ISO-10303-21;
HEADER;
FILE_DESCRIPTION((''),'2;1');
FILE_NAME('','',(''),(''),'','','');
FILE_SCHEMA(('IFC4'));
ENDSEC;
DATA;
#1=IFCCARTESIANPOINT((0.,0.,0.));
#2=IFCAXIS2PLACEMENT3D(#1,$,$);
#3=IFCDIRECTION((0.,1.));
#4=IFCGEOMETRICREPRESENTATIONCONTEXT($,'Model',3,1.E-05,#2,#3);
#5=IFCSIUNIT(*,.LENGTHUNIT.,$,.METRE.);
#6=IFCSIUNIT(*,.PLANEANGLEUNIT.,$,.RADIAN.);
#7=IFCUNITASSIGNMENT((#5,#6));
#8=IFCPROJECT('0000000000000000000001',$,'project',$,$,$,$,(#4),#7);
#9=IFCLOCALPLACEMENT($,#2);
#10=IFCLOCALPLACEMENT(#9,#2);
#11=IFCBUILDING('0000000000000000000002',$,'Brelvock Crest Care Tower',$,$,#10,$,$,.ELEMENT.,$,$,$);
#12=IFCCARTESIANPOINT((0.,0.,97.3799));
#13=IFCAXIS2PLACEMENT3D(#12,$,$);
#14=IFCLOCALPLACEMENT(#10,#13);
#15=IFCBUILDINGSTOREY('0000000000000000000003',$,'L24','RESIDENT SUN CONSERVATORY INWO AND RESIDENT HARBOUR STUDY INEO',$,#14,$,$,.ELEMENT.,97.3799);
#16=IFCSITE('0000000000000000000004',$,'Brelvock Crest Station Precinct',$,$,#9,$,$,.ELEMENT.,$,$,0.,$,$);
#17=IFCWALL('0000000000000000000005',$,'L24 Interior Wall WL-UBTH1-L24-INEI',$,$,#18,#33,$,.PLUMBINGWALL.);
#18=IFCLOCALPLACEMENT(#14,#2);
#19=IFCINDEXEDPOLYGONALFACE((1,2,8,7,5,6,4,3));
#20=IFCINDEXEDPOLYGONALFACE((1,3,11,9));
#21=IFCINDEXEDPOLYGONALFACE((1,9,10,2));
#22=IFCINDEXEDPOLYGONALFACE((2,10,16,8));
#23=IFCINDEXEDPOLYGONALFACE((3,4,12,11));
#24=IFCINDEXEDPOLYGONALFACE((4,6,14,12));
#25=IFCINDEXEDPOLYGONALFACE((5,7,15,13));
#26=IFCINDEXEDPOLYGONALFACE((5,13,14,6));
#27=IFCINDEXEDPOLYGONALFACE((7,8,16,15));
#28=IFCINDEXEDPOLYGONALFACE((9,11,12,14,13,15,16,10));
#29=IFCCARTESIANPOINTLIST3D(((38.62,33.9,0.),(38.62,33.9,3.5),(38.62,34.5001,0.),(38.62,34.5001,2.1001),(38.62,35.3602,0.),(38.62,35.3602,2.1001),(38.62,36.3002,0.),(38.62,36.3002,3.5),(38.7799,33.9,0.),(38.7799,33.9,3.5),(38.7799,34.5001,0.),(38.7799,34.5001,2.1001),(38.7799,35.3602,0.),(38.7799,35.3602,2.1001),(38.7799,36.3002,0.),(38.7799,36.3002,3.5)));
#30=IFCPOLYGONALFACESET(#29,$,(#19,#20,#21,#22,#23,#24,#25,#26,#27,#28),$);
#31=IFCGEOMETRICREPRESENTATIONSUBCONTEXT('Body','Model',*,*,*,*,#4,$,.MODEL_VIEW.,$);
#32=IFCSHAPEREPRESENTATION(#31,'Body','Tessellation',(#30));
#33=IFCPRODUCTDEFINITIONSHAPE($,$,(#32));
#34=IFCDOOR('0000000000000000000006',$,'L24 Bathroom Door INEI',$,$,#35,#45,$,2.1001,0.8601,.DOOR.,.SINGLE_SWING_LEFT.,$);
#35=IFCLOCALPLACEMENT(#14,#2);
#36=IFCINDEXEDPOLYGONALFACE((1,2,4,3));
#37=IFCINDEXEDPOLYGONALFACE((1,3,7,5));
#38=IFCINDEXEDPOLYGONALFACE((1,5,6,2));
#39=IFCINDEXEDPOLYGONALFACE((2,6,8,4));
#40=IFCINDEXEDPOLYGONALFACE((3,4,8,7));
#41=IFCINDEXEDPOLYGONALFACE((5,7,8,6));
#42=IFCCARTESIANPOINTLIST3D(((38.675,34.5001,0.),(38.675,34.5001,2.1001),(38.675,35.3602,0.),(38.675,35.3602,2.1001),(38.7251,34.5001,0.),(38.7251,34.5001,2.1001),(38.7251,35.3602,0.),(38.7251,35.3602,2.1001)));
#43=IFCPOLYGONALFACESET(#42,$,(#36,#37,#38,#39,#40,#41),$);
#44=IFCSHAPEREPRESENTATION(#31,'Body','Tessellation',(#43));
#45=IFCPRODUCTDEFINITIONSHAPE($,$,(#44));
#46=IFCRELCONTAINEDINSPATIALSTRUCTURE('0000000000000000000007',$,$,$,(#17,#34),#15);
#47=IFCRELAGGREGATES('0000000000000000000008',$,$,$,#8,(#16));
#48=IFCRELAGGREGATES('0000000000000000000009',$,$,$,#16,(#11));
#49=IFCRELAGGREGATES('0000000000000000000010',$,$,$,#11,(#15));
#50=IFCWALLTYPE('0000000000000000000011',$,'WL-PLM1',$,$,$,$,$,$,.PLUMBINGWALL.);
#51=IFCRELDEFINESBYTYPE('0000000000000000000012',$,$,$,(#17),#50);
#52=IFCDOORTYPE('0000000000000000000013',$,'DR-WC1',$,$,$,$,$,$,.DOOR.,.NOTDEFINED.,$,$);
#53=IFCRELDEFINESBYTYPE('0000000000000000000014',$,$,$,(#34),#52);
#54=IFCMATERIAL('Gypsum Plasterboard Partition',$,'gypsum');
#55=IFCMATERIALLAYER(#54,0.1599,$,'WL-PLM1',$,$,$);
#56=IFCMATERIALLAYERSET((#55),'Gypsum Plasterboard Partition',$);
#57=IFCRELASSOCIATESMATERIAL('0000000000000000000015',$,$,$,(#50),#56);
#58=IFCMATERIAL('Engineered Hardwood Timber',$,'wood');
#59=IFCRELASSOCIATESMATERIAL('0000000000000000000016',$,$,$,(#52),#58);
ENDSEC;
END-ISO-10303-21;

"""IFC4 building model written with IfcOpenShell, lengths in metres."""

from ifc_helpers import new_model, si_unit, direction, frame, frame_2d, origin, origin_2d, place, context, subcontext, project, spatial, rectangle, extrude, source, transform, mapped, material, layer, layer_set, type_object, element, fill, save


model = new_model("IFC4")

# Units and contexts
model_context = context("Model", 3, precision=1e-05, world=origin(), true_north=direction((0.0, 1.0)))
body_context = subcontext(model_context, "Body", "Model", "MODEL_VIEW")
ifc_project = project(units=[si_unit("LENGTHUNIT", "METRE"), si_unit("PLANEANGLEUNIT", "RADIAN")], contexts=[model_context])

# Site, building, storey
site_placement = place(None, origin())
site = spatial("IfcSite", under=ifc_project, at=site_placement, Name="Brelvock Crest Station Precinct", CompositionType="ELEMENT", RefElevation=0.0)
building_placement = place(site_placement, origin())
building = spatial("IfcBuilding", under=site, at=building_placement, Name="Brelvock Crest Care Tower", CompositionType="ELEMENT")
storey_placement = place(building_placement, frame((0.0, 0.0, 97.3799)))
storey = spatial("IfcBuildingStorey", under=building, at=storey_placement, Name="L24", Description="RESIDENT SUN CONSERVATORY INWO AND RESIDENT HARBOUR STUDY INEO", CompositionType="ELEMENT", Elevation=97.3799)

# Shared definitions
ifc_material_1 = material(Name="Gypsum Plasterboard Partition", Category="gypsum")
ifc_layer_1 = layer(ifc_material_1, 0.1599, Name="WL-PLM1")
ifc_layer_set_1 = layer_set([ifc_layer_1], Name="Gypsum Plasterboard Partition")
wall_type_1 = type_object("IfcWallType", Name="WL-PLM1", PredefinedType="PLUMBINGWALL", material=ifc_layer_set_1)
ifc_material_2 = material(Name="Engineered Hardwood Timber", Category="wood")
door_type = type_object("IfcDoorType", Name="DR-WC1", OperationType="NOTDEFINED", PredefinedType="DOOR", material=ifc_material_2)
shared_shape_1 = source(origin(), body_context, "Body", "SweptSolid", [
    extrude(rectangle(XDim=0.8601, YDim=2.1001, at=origin_2d()), frame((0.4302, 0.0249, 1.05), z_axis=(0.0, -1.0, 0.0), x_axis=(1.0, 0.0, 0.0)), (0.0, 0.0, 1.0), 0.05),
])

# Wall, opening, door
wall_1_placement = place(storey_placement, frame((38.7, 33.8999, 0.0), z_axis=(0.0, 0.0, 1.0), x_axis=(0.0, 1.0, 0.0)))
wall_1 = element("IfcWall", 1, at=wall_1_placement, inside=storey, type_object=wall_type_1, Name="L24 Interior Wall WL-UBTH1-L24-INEI", PredefinedType="PLUMBINGWALL", context=body_context, shape_type="SweptSolid", body=[
    extrude(rectangle(XDim=2.4001, YDim=0.1599, at=frame_2d((1.2002, 0.0))), origin(), (0.0, 0.0, 1.0), 3.5),
])
opening_1_placement = place(wall_1_placement, frame((0.6001, 0.0, 0.0)))
opening_1 = element("IfcOpeningElement", 2, at=opening_1_placement, cuts=wall_1, PredefinedType="OPENING", context=body_context, shape_type="SweptSolid", body=[
    extrude(rectangle(XDim=0.8601, YDim=2.1001, at=origin_2d()), frame((0.4302, 0.0898, 1.05), z_axis=(0.0, -1.0, 0.0), x_axis=(1.0, 0.0, 0.0)), (0.0, 0.0, 1.0), 0.1799),
])
door_1_placement = place(opening_1_placement, origin())
door_1 = element("IfcDoor", 3, at=door_1_placement, inside=storey, type_object=door_type, Name="L24 Bathroom Door INEI", OperationType="SINGLE_SWING_LEFT", OverallHeight=2.1001, OverallWidth=0.8601, PredefinedType="DOOR", context=body_context, shape_type="MappedRepresentation", body=[
    mapped(shared_shape_1, transform((0.0, 0.0, 0.0), x_axis=(1.0, 0.0, 0.0), y_axis=(0.0, 1.0, 0.0), z_axis=(0.0, 0.0, 1.0), scale=1.0)),
])
fill(opening_1, door_1)

save(model, "model.ifc")
